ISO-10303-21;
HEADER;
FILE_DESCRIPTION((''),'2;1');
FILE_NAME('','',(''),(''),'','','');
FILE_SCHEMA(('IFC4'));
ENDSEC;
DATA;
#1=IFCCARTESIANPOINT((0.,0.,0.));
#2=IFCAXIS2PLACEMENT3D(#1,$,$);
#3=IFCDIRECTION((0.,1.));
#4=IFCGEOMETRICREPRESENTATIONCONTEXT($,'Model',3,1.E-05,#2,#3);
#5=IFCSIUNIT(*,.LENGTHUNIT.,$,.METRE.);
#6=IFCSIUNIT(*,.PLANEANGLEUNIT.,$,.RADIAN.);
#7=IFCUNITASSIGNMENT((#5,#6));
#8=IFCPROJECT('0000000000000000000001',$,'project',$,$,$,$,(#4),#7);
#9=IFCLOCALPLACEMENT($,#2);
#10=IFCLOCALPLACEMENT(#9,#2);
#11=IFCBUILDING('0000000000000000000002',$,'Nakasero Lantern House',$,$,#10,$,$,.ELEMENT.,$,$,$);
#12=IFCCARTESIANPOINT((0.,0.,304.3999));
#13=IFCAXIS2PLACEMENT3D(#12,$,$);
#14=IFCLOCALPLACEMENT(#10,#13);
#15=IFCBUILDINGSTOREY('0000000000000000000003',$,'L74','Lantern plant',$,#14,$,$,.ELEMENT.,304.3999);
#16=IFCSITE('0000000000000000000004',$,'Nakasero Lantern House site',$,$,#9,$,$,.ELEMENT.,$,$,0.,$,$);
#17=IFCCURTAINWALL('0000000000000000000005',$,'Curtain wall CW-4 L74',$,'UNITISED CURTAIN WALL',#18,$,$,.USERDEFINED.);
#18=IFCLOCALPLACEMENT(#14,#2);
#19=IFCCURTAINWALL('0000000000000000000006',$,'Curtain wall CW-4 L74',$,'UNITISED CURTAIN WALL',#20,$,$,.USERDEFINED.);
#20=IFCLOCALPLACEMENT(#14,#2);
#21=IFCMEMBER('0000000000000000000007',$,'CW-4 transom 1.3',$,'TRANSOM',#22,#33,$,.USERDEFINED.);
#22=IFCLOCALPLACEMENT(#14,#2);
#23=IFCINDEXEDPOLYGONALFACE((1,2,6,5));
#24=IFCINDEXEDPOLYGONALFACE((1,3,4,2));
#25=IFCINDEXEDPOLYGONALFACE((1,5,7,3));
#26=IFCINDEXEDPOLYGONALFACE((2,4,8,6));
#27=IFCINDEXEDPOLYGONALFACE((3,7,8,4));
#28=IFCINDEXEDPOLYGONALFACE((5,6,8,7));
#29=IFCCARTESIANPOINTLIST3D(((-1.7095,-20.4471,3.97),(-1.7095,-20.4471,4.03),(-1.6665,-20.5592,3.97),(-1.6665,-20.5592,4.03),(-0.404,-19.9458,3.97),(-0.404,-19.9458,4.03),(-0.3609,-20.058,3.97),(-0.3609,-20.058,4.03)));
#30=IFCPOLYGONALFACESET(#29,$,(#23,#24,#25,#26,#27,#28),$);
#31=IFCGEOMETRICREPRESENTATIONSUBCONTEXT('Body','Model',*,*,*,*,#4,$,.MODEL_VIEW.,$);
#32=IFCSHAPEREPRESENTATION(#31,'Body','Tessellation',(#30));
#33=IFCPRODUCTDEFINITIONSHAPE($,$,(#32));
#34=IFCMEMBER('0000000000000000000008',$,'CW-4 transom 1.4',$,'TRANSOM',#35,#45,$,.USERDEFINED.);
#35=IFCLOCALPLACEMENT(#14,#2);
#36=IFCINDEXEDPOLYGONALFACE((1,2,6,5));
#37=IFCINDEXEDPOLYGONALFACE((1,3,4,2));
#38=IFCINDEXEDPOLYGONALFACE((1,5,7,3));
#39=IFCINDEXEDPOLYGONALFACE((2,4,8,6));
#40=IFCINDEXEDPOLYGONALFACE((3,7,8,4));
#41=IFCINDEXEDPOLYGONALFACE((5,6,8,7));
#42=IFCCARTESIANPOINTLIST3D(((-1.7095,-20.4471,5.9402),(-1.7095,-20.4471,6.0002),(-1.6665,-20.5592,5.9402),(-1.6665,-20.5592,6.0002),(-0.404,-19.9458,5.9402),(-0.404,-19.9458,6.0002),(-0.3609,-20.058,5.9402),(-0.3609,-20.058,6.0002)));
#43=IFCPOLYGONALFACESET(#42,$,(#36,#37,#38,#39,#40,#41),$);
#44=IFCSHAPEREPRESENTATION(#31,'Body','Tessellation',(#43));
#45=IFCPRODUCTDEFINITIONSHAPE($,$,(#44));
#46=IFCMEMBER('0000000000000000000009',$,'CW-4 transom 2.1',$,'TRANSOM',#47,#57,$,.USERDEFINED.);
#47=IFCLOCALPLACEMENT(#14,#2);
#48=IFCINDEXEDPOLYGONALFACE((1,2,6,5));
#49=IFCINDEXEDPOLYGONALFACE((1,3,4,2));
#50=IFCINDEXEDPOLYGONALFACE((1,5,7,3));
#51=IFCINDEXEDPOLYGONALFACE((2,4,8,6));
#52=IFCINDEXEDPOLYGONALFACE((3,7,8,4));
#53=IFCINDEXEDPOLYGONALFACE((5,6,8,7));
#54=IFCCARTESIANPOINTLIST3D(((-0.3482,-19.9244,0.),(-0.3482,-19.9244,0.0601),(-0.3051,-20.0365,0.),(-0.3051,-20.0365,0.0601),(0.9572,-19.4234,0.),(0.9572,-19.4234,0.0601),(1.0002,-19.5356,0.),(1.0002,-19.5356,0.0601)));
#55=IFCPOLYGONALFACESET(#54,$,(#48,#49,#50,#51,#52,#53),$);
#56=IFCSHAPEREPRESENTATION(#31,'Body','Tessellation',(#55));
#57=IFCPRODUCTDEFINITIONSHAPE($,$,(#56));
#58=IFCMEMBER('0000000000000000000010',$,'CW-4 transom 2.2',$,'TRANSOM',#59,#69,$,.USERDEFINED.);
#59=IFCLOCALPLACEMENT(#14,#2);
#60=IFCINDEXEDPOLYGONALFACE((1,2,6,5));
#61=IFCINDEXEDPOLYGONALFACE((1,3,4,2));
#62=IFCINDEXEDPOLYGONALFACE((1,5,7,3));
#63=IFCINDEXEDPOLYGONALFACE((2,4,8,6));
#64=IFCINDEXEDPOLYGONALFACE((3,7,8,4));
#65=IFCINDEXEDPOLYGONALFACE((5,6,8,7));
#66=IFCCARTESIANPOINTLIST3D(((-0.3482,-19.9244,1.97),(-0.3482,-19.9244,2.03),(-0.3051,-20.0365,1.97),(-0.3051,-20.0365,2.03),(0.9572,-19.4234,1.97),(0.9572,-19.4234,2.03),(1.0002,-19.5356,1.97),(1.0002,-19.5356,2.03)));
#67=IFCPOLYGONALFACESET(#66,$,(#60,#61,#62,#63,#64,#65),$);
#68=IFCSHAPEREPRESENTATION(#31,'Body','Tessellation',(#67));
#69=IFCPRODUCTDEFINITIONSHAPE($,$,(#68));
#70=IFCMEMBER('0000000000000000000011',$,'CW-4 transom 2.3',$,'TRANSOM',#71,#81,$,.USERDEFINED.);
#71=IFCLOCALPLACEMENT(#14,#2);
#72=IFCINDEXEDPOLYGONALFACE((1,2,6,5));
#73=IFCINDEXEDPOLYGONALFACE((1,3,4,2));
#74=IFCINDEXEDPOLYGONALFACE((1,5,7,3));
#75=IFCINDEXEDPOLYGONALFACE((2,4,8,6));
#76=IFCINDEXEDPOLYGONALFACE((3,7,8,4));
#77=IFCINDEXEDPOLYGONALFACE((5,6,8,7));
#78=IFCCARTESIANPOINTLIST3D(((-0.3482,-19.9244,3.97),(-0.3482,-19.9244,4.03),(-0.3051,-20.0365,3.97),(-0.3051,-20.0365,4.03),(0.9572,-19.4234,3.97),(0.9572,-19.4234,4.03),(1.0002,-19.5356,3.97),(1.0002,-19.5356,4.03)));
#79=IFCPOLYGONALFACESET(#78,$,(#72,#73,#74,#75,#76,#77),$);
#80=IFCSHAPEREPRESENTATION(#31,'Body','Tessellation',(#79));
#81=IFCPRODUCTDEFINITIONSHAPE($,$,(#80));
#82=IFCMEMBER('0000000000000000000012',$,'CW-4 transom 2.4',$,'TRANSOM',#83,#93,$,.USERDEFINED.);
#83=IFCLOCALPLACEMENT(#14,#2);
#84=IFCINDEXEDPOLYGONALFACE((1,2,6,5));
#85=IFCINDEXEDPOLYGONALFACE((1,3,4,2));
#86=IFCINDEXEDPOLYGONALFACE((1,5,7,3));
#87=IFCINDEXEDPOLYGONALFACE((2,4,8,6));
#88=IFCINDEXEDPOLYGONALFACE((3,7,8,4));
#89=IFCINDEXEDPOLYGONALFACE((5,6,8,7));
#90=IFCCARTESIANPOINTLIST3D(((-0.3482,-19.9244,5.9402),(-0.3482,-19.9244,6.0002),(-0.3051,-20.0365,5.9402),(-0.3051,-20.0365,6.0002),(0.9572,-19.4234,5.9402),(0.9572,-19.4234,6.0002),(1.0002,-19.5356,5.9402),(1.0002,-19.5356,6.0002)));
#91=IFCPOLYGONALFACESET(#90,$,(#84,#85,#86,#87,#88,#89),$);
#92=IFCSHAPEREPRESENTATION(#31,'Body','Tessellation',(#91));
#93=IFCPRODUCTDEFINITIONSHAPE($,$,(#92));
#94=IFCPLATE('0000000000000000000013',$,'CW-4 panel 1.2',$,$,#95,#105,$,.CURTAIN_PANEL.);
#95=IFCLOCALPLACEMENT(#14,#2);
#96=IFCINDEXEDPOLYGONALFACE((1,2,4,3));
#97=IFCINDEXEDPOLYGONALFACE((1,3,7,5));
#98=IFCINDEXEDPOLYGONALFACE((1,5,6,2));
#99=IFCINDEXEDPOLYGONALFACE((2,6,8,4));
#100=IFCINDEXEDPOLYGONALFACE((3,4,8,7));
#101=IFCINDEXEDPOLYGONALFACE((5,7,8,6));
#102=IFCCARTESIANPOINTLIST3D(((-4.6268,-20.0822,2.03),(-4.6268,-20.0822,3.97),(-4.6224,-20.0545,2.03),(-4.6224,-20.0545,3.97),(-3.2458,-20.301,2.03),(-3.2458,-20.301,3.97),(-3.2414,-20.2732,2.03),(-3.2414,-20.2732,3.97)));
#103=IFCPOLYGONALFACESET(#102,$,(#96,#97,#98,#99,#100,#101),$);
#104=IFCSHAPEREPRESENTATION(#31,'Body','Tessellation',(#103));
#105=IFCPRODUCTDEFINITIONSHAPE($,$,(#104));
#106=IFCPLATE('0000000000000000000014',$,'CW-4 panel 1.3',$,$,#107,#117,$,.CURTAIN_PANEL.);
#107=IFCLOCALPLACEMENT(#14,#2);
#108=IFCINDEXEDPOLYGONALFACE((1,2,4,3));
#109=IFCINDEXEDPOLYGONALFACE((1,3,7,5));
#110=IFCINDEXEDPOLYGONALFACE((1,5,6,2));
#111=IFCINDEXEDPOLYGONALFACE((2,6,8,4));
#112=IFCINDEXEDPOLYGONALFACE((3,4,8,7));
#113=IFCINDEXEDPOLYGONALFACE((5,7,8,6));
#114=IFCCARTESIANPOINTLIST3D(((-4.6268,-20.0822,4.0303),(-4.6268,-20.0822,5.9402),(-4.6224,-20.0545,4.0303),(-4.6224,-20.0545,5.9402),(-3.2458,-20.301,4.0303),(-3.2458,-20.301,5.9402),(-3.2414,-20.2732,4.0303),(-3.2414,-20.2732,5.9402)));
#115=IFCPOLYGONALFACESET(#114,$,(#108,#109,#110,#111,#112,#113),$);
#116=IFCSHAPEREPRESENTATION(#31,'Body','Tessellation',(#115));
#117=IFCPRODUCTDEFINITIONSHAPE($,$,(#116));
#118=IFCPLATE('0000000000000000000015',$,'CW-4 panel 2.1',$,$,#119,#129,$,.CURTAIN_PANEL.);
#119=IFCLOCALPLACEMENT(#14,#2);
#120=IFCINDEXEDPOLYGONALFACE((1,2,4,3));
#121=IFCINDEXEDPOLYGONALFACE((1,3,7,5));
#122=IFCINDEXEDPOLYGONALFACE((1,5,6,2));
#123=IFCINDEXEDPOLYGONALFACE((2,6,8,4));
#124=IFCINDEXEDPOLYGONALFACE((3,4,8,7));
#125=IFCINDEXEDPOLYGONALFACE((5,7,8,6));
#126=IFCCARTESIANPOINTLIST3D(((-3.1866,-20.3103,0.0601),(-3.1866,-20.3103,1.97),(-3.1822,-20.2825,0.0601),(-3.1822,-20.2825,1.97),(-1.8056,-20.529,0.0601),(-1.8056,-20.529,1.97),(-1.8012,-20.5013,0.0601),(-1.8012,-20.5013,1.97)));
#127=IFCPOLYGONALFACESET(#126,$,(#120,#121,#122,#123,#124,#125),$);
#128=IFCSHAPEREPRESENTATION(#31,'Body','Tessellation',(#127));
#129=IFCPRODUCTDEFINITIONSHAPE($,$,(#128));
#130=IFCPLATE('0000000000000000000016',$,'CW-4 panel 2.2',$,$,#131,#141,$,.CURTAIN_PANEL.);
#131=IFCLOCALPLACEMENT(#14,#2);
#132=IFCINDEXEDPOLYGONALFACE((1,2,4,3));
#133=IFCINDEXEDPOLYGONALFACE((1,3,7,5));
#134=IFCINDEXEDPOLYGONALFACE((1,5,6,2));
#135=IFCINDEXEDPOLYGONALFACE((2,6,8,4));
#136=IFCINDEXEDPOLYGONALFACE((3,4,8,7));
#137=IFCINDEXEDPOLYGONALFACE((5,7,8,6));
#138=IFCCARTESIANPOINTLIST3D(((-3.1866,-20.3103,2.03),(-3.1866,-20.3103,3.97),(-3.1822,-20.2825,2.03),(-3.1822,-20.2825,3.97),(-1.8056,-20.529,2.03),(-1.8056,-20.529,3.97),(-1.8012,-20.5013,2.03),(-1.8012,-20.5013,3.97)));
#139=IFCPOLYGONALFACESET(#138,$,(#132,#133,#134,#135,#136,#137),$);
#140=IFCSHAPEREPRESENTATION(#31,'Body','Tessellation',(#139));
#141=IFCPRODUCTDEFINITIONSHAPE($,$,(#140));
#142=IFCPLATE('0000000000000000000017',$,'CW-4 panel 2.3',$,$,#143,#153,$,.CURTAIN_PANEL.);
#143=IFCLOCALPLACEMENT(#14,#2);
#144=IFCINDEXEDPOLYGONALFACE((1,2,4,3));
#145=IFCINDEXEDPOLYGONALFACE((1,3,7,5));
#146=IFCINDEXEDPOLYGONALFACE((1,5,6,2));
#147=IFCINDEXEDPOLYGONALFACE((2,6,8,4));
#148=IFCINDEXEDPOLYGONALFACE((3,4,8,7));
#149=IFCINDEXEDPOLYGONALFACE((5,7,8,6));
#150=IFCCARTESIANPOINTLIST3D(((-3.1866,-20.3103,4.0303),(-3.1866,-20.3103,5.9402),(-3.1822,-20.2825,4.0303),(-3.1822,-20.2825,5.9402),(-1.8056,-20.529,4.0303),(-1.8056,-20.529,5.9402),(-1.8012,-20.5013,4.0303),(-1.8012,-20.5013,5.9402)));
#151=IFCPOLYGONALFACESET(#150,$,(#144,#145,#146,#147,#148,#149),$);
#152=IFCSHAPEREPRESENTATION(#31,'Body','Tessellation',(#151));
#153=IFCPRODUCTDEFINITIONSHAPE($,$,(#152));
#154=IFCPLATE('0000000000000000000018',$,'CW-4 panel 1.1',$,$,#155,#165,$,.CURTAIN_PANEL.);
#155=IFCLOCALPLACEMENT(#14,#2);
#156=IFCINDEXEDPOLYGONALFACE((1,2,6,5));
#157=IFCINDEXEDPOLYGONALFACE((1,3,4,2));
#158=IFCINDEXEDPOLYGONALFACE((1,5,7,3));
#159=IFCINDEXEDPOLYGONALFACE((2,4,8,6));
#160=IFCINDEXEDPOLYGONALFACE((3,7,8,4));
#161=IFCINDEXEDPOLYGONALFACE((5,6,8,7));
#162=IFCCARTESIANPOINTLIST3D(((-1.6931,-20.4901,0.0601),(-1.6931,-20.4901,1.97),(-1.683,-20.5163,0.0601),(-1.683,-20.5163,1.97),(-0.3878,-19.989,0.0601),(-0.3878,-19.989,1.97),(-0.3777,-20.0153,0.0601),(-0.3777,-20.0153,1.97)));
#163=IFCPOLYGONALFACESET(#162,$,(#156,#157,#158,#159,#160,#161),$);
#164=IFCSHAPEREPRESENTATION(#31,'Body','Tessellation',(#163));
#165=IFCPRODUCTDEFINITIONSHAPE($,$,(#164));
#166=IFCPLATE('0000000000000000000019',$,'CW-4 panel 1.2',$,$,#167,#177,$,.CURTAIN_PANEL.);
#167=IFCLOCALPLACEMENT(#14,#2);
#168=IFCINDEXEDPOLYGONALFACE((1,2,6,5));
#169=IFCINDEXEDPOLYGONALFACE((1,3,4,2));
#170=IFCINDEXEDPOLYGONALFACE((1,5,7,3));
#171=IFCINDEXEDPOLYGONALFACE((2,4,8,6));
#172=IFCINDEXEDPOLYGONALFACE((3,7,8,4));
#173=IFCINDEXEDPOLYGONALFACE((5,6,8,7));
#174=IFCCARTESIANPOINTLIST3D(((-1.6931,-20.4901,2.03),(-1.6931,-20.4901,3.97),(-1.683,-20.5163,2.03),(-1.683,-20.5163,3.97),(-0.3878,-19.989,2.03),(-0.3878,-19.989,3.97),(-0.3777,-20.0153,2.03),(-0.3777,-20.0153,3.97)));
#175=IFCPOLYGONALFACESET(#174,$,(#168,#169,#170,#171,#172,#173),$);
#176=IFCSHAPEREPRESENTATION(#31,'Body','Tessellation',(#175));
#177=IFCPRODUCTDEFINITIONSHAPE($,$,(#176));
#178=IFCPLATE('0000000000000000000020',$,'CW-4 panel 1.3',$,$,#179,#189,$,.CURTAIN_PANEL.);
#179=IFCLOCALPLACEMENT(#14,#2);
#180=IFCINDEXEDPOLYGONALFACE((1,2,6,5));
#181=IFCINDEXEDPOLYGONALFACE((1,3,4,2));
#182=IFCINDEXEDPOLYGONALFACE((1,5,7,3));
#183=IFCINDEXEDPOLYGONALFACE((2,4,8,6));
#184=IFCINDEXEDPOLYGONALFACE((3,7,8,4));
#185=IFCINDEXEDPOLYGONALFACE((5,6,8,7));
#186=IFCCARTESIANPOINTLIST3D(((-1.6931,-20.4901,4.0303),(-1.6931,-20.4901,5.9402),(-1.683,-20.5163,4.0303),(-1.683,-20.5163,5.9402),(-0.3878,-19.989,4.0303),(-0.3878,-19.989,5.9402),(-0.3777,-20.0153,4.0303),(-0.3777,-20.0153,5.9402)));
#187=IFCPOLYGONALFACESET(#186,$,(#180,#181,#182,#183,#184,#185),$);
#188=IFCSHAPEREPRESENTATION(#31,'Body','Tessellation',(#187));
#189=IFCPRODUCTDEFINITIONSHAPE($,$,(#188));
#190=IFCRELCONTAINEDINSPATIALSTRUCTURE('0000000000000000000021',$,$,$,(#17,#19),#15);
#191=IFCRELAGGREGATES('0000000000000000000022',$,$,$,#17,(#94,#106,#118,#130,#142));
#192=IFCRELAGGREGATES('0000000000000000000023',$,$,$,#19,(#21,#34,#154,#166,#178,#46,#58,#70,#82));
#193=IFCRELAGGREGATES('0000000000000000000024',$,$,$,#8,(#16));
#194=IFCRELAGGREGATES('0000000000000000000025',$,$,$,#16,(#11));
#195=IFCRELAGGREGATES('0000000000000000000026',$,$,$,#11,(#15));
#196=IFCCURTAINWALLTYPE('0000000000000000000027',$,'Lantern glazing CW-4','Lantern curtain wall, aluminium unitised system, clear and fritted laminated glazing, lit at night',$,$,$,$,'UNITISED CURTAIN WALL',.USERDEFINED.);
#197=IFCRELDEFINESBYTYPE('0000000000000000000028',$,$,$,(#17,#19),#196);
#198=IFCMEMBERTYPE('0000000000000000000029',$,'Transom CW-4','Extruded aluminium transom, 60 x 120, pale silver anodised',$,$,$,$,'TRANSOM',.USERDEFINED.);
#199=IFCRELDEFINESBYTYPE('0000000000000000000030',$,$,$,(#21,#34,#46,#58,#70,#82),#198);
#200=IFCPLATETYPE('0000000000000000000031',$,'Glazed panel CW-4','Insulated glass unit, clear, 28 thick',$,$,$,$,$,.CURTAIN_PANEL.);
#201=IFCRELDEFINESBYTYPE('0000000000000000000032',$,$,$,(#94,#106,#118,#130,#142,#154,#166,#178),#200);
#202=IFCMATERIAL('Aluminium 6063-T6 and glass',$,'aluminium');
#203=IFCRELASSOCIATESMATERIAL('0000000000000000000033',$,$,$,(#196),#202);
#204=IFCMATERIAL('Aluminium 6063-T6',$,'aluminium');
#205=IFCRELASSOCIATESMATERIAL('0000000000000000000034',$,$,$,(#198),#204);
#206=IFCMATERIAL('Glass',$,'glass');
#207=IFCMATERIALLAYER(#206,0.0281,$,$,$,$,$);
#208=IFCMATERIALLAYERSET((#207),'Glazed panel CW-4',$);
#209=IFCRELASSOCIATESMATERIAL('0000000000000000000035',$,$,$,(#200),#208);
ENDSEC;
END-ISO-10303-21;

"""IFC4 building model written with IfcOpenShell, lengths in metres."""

from ifc_helpers import new_model, si_unit, direction, frame, origin, origin_2d, place, context, subcontext, project, spatial, rectangle, extrude, material, layer, layer_set, material_profile, profile_set, type_object, element, aggregate, save


model = new_model("IFC4")

# Units and contexts
model_context = context("Model", 3, precision=1e-05, world=origin(), true_north=direction((0.0, 1.0)))
body_context = subcontext(model_context, "Body", "Model", "MODEL_VIEW")
ifc_project = project(units=[si_unit("LENGTHUNIT", "METRE"), si_unit("PLANEANGLEUNIT", "RADIAN")], contexts=[model_context])

# Site, building, storey
site_placement = place(None, origin())
site = spatial("IfcSite", under=ifc_project, at=site_placement, Name="Nakasero Lantern House site", CompositionType="ELEMENT", RefElevation=0.0)
building_placement = place(site_placement, origin())
building = spatial("IfcBuilding", under=site, at=building_placement, Name="Nakasero Lantern House", CompositionType="ELEMENT")
storey_placement = place(building_placement, frame((0.0, 0.0, 304.3999)))
storey = spatial("IfcBuildingStorey", under=building, at=storey_placement, Name="L74", Description="Lantern plant", CompositionType="ELEMENT", Elevation=304.3999)

# Curtain walls
ifc_material_1 = material(Name="Aluminium 6063-T6 and glass", Category="aluminium")
curtain_wall_type = type_object("IfcCurtainWallType", Name="Lantern glazing CW-4", Description="Lantern curtain wall, aluminium unitised system, clear and fritted laminated glazing, lit at night", ElementType="UNITISED CURTAIN WALL", PredefinedType="USERDEFINED", material=ifc_material_1)
curtain_wall_1_placement = place(storey_placement, origin())
curtain_wall_1 = element("IfcCurtainWall", 1, at=curtain_wall_1_placement, inside=storey, type_object=curtain_wall_type, Name="Curtain wall CW-4 L74", ObjectType="UNITISED CURTAIN WALL", PredefinedType="USERDEFINED")
curtain_wall_2_placement = place(storey_placement, origin())
curtain_wall_2 = element("IfcCurtainWall", 2, at=curtain_wall_2_placement, inside=storey, type_object=curtain_wall_type, Name="Curtain wall CW-4 L74", ObjectType="UNITISED CURTAIN WALL", PredefinedType="USERDEFINED")

# Members
ifc_material_2 = material(Name="Aluminium 6063-T6", Category="aluminium")
ifc_material_profile_1 = material_profile(ifc_material_2, rectangle(XDim=0.0601, YDim=0.1201, at=origin_2d()), Name="CW-4 transom 60x120")
ifc_profile_set_1 = profile_set([ifc_material_profile_1], Name="Aluminium 6063-T6")
member_type_1 = type_object("IfcMemberType", Name="Transom CW-4", Description="Extruded aluminium transom, 60 x 120, pale silver anodised", ElementType="TRANSOM", PredefinedType="USERDEFINED", material=ifc_profile_set_1)
member_1_placement = place(storey_placement, frame((-1.688, -20.5032, 4.0), z_axis=(0.933552, 0.358441, 0.0), x_axis=(0.0, 0.0, 1.0)))
member_1 = element("IfcMember", 3, at=member_1_placement, type_object=member_type_1, Name="CW-4 transom 1.3", ObjectType="TRANSOM", PredefinedType="USERDEFINED", context=body_context, shape_type="SweptSolid", body=[
    extrude(rectangle(XDim=0.0601, YDim=0.1201, at=origin_2d()), origin(), (0.0, 0.0, 1.0), 1.3984),
])
member_2_placement = place(storey_placement, frame((-1.688, -20.5032, 5.9702), z_axis=(0.933552, 0.358441, 0.0), x_axis=(0.0, 0.0, 1.0)))
member_2 = element("IfcMember", 4, at=member_2_placement, type_object=member_type_1, Name="CW-4 transom 1.4", ObjectType="TRANSOM", PredefinedType="USERDEFINED", context=body_context, shape_type="SweptSolid", body=[
    extrude(rectangle(XDim=0.0601, YDim=0.1201, at=origin_2d()), origin(), (0.0, 0.0, 1.0), 1.3984),
])
member_3_placement = place(storey_placement, frame((-0.3267, -19.9805, 0.03), z_axis=(0.933611, 0.358289, 0.0), x_axis=(0.0, 0.0, 1.0)))
member_3 = element("IfcMember", 5, at=member_3_placement, type_object=member_type_1, Name="CW-4 transom 2.1", ObjectType="TRANSOM", PredefinedType="USERDEFINED", context=body_context, shape_type="SweptSolid", body=[
    extrude(rectangle(XDim=0.0601, YDim=0.1201, at=origin_2d()), origin(), (0.0, 0.0, 1.0), 1.3982),
])
member_4_placement = place(storey_placement, frame((-0.3267, -19.9805, 2.0), z_axis=(0.933611, 0.358289, 0.0), x_axis=(0.0, 0.0, 1.0)))
member_4 = element("IfcMember", 6, at=member_4_placement, type_object=member_type_1, Name="CW-4 transom 2.2", ObjectType="TRANSOM", PredefinedType="USERDEFINED", context=body_context, shape_type="SweptSolid", body=[
    extrude(rectangle(XDim=0.0601, YDim=0.1201, at=origin_2d()), origin(), (0.0, 0.0, 1.0), 1.3982),
])
member_5_placement = place(storey_placement, frame((-0.3267, -19.9805, 4.0), z_axis=(0.933611, 0.358289, 0.0), x_axis=(0.0, 0.0, 1.0)))
member_5 = element("IfcMember", 7, at=member_5_placement, type_object=member_type_1, Name="CW-4 transom 2.3", ObjectType="TRANSOM", PredefinedType="USERDEFINED", context=body_context, shape_type="SweptSolid", body=[
    extrude(rectangle(XDim=0.0601, YDim=0.1201, at=origin_2d()), origin(), (0.0, 0.0, 1.0), 1.3982),
])
member_6_placement = place(storey_placement, frame((-0.3267, -19.9805, 5.9702), z_axis=(0.933611, 0.358289, 0.0), x_axis=(0.0, 0.0, 1.0)))
member_6 = element("IfcMember", 8, at=member_6_placement, type_object=member_type_1, Name="CW-4 transom 2.4", ObjectType="TRANSOM", PredefinedType="USERDEFINED", context=body_context, shape_type="SweptSolid", body=[
    extrude(rectangle(XDim=0.0601, YDim=0.1201, at=origin_2d()), origin(), (0.0, 0.0, 1.0), 1.3982),
])

# Plates
ifc_material_3 = material(Name="Glass", Category="glass")
ifc_layer_1 = layer(ifc_material_3, 0.0281)
ifc_layer_set_1 = layer_set([ifc_layer_1], Name="Glazed panel CW-4")
plate_type = type_object("IfcPlateType", Name="Glazed panel CW-4", Description="Insulated glass unit, clear, 28 thick", PredefinedType="CURTAIN_PANEL", material=ifc_layer_set_1)
plate_1_placement = place(storey_placement, frame((-3.9341, -20.1777, 2.03), z_axis=(0.0, 0.0, 1.0), x_axis=(0.987688, -0.156434, 0.0)))
plate_1 = element("IfcPlate", 9, at=plate_1_placement, type_object=plate_type, Name="CW-4 panel 1.2", PredefinedType="CURTAIN_PANEL", context=body_context, shape_type="SweptSolid", body=[
    extrude(rectangle(XDim=1.3982, YDim=0.0281, at=origin_2d()), origin(), (0.0, 0.0, 1.0), 1.9399),
])
plate_2_placement = place(storey_placement, frame((-3.9341, -20.1777, 4.0303), z_axis=(0.0, 0.0, 1.0), x_axis=(0.987688, -0.156434, 0.0)))
plate_2 = element("IfcPlate", 10, at=plate_2_placement, type_object=plate_type, Name="CW-4 panel 1.3", PredefinedType="CURTAIN_PANEL", context=body_context, shape_type="SweptSolid", body=[
    extrude(rectangle(XDim=1.3982, YDim=0.0281, at=origin_2d()), origin(), (0.0, 0.0, 1.0), 1.9099),
])
plate_3_placement = place(storey_placement, frame((-2.4939, -20.4058, 0.0601), z_axis=(0.0, 0.0, 1.0), x_axis=(0.987688, -0.156434, 0.0)))
plate_3 = element("IfcPlate", 11, at=plate_3_placement, type_object=plate_type, Name="CW-4 panel 2.1", PredefinedType="CURTAIN_PANEL", context=body_context, shape_type="SweptSolid", body=[
    extrude(rectangle(XDim=1.3982, YDim=0.0281, at=origin_2d()), origin(), (0.0, 0.0, 1.0), 1.9099),
])
plate_4_placement = place(storey_placement, frame((-2.4939, -20.4058, 2.03), z_axis=(0.0, 0.0, 1.0), x_axis=(0.987688, -0.156434, 0.0)))
plate_4 = element("IfcPlate", 12, at=plate_4_placement, type_object=plate_type, Name="CW-4 panel 2.2", PredefinedType="CURTAIN_PANEL", context=body_context, shape_type="SweptSolid", body=[
    extrude(rectangle(XDim=1.3982, YDim=0.0281, at=origin_2d()), origin(), (0.0, 0.0, 1.0), 1.9399),
])
plate_5_placement = place(storey_placement, frame((-2.4939, -20.4058, 4.0303), z_axis=(0.0, 0.0, 1.0), x_axis=(0.987688, -0.156434, 0.0)))
plate_5 = element("IfcPlate", 13, at=plate_5_placement, type_object=plate_type, Name="CW-4 panel 2.3", PredefinedType="CURTAIN_PANEL", context=body_context, shape_type="SweptSolid", body=[
    extrude(rectangle(XDim=1.3982, YDim=0.0281, at=origin_2d()), origin(), (0.0, 0.0, 1.0), 1.9099),
])
aggregate(curtain_wall_1, [plate_1, plate_2, plate_3, plate_4, plate_5])
plate_6_placement = place(storey_placement, frame((-1.0354, -20.2527, 0.0601), z_axis=(0.0, 0.0, 1.0), x_axis=(0.93358, 0.358368, 0.0)))
plate_6 = element("IfcPlate", 14, at=plate_6_placement, type_object=plate_type, Name="CW-4 panel 1.1", PredefinedType="CURTAIN_PANEL", context=body_context, shape_type="SweptSolid", body=[
    extrude(rectangle(XDim=1.3982, YDim=0.0281, at=origin_2d()), origin(), (0.0, 0.0, 1.0), 1.9099),
])
plate_7_placement = place(storey_placement, frame((-1.0354, -20.2527, 2.03), z_axis=(0.0, 0.0, 1.0), x_axis=(0.93358, 0.358368, 0.0)))
plate_7 = element("IfcPlate", 15, at=plate_7_placement, type_object=plate_type, Name="CW-4 panel 1.2", PredefinedType="CURTAIN_PANEL", context=body_context, shape_type="SweptSolid", body=[
    extrude(rectangle(XDim=1.3982, YDim=0.0281, at=origin_2d()), origin(), (0.0, 0.0, 1.0), 1.9399),
])
plate_8_placement = place(storey_placement, frame((-1.0354, -20.2527, 4.0303), z_axis=(0.0, 0.0, 1.0), x_axis=(0.93358, 0.358368, 0.0)))
plate_8 = element("IfcPlate", 16, at=plate_8_placement, type_object=plate_type, Name="CW-4 panel 1.3", PredefinedType="CURTAIN_PANEL", context=body_context, shape_type="SweptSolid", body=[
    extrude(rectangle(XDim=1.3982, YDim=0.0281, at=origin_2d()), origin(), (0.0, 0.0, 1.0), 1.9099),
])
aggregate(curtain_wall_2, [member_1, member_2, plate_6, plate_7, plate_8, member_3, member_4, member_5, member_6])

save(model, "model.ifc")
